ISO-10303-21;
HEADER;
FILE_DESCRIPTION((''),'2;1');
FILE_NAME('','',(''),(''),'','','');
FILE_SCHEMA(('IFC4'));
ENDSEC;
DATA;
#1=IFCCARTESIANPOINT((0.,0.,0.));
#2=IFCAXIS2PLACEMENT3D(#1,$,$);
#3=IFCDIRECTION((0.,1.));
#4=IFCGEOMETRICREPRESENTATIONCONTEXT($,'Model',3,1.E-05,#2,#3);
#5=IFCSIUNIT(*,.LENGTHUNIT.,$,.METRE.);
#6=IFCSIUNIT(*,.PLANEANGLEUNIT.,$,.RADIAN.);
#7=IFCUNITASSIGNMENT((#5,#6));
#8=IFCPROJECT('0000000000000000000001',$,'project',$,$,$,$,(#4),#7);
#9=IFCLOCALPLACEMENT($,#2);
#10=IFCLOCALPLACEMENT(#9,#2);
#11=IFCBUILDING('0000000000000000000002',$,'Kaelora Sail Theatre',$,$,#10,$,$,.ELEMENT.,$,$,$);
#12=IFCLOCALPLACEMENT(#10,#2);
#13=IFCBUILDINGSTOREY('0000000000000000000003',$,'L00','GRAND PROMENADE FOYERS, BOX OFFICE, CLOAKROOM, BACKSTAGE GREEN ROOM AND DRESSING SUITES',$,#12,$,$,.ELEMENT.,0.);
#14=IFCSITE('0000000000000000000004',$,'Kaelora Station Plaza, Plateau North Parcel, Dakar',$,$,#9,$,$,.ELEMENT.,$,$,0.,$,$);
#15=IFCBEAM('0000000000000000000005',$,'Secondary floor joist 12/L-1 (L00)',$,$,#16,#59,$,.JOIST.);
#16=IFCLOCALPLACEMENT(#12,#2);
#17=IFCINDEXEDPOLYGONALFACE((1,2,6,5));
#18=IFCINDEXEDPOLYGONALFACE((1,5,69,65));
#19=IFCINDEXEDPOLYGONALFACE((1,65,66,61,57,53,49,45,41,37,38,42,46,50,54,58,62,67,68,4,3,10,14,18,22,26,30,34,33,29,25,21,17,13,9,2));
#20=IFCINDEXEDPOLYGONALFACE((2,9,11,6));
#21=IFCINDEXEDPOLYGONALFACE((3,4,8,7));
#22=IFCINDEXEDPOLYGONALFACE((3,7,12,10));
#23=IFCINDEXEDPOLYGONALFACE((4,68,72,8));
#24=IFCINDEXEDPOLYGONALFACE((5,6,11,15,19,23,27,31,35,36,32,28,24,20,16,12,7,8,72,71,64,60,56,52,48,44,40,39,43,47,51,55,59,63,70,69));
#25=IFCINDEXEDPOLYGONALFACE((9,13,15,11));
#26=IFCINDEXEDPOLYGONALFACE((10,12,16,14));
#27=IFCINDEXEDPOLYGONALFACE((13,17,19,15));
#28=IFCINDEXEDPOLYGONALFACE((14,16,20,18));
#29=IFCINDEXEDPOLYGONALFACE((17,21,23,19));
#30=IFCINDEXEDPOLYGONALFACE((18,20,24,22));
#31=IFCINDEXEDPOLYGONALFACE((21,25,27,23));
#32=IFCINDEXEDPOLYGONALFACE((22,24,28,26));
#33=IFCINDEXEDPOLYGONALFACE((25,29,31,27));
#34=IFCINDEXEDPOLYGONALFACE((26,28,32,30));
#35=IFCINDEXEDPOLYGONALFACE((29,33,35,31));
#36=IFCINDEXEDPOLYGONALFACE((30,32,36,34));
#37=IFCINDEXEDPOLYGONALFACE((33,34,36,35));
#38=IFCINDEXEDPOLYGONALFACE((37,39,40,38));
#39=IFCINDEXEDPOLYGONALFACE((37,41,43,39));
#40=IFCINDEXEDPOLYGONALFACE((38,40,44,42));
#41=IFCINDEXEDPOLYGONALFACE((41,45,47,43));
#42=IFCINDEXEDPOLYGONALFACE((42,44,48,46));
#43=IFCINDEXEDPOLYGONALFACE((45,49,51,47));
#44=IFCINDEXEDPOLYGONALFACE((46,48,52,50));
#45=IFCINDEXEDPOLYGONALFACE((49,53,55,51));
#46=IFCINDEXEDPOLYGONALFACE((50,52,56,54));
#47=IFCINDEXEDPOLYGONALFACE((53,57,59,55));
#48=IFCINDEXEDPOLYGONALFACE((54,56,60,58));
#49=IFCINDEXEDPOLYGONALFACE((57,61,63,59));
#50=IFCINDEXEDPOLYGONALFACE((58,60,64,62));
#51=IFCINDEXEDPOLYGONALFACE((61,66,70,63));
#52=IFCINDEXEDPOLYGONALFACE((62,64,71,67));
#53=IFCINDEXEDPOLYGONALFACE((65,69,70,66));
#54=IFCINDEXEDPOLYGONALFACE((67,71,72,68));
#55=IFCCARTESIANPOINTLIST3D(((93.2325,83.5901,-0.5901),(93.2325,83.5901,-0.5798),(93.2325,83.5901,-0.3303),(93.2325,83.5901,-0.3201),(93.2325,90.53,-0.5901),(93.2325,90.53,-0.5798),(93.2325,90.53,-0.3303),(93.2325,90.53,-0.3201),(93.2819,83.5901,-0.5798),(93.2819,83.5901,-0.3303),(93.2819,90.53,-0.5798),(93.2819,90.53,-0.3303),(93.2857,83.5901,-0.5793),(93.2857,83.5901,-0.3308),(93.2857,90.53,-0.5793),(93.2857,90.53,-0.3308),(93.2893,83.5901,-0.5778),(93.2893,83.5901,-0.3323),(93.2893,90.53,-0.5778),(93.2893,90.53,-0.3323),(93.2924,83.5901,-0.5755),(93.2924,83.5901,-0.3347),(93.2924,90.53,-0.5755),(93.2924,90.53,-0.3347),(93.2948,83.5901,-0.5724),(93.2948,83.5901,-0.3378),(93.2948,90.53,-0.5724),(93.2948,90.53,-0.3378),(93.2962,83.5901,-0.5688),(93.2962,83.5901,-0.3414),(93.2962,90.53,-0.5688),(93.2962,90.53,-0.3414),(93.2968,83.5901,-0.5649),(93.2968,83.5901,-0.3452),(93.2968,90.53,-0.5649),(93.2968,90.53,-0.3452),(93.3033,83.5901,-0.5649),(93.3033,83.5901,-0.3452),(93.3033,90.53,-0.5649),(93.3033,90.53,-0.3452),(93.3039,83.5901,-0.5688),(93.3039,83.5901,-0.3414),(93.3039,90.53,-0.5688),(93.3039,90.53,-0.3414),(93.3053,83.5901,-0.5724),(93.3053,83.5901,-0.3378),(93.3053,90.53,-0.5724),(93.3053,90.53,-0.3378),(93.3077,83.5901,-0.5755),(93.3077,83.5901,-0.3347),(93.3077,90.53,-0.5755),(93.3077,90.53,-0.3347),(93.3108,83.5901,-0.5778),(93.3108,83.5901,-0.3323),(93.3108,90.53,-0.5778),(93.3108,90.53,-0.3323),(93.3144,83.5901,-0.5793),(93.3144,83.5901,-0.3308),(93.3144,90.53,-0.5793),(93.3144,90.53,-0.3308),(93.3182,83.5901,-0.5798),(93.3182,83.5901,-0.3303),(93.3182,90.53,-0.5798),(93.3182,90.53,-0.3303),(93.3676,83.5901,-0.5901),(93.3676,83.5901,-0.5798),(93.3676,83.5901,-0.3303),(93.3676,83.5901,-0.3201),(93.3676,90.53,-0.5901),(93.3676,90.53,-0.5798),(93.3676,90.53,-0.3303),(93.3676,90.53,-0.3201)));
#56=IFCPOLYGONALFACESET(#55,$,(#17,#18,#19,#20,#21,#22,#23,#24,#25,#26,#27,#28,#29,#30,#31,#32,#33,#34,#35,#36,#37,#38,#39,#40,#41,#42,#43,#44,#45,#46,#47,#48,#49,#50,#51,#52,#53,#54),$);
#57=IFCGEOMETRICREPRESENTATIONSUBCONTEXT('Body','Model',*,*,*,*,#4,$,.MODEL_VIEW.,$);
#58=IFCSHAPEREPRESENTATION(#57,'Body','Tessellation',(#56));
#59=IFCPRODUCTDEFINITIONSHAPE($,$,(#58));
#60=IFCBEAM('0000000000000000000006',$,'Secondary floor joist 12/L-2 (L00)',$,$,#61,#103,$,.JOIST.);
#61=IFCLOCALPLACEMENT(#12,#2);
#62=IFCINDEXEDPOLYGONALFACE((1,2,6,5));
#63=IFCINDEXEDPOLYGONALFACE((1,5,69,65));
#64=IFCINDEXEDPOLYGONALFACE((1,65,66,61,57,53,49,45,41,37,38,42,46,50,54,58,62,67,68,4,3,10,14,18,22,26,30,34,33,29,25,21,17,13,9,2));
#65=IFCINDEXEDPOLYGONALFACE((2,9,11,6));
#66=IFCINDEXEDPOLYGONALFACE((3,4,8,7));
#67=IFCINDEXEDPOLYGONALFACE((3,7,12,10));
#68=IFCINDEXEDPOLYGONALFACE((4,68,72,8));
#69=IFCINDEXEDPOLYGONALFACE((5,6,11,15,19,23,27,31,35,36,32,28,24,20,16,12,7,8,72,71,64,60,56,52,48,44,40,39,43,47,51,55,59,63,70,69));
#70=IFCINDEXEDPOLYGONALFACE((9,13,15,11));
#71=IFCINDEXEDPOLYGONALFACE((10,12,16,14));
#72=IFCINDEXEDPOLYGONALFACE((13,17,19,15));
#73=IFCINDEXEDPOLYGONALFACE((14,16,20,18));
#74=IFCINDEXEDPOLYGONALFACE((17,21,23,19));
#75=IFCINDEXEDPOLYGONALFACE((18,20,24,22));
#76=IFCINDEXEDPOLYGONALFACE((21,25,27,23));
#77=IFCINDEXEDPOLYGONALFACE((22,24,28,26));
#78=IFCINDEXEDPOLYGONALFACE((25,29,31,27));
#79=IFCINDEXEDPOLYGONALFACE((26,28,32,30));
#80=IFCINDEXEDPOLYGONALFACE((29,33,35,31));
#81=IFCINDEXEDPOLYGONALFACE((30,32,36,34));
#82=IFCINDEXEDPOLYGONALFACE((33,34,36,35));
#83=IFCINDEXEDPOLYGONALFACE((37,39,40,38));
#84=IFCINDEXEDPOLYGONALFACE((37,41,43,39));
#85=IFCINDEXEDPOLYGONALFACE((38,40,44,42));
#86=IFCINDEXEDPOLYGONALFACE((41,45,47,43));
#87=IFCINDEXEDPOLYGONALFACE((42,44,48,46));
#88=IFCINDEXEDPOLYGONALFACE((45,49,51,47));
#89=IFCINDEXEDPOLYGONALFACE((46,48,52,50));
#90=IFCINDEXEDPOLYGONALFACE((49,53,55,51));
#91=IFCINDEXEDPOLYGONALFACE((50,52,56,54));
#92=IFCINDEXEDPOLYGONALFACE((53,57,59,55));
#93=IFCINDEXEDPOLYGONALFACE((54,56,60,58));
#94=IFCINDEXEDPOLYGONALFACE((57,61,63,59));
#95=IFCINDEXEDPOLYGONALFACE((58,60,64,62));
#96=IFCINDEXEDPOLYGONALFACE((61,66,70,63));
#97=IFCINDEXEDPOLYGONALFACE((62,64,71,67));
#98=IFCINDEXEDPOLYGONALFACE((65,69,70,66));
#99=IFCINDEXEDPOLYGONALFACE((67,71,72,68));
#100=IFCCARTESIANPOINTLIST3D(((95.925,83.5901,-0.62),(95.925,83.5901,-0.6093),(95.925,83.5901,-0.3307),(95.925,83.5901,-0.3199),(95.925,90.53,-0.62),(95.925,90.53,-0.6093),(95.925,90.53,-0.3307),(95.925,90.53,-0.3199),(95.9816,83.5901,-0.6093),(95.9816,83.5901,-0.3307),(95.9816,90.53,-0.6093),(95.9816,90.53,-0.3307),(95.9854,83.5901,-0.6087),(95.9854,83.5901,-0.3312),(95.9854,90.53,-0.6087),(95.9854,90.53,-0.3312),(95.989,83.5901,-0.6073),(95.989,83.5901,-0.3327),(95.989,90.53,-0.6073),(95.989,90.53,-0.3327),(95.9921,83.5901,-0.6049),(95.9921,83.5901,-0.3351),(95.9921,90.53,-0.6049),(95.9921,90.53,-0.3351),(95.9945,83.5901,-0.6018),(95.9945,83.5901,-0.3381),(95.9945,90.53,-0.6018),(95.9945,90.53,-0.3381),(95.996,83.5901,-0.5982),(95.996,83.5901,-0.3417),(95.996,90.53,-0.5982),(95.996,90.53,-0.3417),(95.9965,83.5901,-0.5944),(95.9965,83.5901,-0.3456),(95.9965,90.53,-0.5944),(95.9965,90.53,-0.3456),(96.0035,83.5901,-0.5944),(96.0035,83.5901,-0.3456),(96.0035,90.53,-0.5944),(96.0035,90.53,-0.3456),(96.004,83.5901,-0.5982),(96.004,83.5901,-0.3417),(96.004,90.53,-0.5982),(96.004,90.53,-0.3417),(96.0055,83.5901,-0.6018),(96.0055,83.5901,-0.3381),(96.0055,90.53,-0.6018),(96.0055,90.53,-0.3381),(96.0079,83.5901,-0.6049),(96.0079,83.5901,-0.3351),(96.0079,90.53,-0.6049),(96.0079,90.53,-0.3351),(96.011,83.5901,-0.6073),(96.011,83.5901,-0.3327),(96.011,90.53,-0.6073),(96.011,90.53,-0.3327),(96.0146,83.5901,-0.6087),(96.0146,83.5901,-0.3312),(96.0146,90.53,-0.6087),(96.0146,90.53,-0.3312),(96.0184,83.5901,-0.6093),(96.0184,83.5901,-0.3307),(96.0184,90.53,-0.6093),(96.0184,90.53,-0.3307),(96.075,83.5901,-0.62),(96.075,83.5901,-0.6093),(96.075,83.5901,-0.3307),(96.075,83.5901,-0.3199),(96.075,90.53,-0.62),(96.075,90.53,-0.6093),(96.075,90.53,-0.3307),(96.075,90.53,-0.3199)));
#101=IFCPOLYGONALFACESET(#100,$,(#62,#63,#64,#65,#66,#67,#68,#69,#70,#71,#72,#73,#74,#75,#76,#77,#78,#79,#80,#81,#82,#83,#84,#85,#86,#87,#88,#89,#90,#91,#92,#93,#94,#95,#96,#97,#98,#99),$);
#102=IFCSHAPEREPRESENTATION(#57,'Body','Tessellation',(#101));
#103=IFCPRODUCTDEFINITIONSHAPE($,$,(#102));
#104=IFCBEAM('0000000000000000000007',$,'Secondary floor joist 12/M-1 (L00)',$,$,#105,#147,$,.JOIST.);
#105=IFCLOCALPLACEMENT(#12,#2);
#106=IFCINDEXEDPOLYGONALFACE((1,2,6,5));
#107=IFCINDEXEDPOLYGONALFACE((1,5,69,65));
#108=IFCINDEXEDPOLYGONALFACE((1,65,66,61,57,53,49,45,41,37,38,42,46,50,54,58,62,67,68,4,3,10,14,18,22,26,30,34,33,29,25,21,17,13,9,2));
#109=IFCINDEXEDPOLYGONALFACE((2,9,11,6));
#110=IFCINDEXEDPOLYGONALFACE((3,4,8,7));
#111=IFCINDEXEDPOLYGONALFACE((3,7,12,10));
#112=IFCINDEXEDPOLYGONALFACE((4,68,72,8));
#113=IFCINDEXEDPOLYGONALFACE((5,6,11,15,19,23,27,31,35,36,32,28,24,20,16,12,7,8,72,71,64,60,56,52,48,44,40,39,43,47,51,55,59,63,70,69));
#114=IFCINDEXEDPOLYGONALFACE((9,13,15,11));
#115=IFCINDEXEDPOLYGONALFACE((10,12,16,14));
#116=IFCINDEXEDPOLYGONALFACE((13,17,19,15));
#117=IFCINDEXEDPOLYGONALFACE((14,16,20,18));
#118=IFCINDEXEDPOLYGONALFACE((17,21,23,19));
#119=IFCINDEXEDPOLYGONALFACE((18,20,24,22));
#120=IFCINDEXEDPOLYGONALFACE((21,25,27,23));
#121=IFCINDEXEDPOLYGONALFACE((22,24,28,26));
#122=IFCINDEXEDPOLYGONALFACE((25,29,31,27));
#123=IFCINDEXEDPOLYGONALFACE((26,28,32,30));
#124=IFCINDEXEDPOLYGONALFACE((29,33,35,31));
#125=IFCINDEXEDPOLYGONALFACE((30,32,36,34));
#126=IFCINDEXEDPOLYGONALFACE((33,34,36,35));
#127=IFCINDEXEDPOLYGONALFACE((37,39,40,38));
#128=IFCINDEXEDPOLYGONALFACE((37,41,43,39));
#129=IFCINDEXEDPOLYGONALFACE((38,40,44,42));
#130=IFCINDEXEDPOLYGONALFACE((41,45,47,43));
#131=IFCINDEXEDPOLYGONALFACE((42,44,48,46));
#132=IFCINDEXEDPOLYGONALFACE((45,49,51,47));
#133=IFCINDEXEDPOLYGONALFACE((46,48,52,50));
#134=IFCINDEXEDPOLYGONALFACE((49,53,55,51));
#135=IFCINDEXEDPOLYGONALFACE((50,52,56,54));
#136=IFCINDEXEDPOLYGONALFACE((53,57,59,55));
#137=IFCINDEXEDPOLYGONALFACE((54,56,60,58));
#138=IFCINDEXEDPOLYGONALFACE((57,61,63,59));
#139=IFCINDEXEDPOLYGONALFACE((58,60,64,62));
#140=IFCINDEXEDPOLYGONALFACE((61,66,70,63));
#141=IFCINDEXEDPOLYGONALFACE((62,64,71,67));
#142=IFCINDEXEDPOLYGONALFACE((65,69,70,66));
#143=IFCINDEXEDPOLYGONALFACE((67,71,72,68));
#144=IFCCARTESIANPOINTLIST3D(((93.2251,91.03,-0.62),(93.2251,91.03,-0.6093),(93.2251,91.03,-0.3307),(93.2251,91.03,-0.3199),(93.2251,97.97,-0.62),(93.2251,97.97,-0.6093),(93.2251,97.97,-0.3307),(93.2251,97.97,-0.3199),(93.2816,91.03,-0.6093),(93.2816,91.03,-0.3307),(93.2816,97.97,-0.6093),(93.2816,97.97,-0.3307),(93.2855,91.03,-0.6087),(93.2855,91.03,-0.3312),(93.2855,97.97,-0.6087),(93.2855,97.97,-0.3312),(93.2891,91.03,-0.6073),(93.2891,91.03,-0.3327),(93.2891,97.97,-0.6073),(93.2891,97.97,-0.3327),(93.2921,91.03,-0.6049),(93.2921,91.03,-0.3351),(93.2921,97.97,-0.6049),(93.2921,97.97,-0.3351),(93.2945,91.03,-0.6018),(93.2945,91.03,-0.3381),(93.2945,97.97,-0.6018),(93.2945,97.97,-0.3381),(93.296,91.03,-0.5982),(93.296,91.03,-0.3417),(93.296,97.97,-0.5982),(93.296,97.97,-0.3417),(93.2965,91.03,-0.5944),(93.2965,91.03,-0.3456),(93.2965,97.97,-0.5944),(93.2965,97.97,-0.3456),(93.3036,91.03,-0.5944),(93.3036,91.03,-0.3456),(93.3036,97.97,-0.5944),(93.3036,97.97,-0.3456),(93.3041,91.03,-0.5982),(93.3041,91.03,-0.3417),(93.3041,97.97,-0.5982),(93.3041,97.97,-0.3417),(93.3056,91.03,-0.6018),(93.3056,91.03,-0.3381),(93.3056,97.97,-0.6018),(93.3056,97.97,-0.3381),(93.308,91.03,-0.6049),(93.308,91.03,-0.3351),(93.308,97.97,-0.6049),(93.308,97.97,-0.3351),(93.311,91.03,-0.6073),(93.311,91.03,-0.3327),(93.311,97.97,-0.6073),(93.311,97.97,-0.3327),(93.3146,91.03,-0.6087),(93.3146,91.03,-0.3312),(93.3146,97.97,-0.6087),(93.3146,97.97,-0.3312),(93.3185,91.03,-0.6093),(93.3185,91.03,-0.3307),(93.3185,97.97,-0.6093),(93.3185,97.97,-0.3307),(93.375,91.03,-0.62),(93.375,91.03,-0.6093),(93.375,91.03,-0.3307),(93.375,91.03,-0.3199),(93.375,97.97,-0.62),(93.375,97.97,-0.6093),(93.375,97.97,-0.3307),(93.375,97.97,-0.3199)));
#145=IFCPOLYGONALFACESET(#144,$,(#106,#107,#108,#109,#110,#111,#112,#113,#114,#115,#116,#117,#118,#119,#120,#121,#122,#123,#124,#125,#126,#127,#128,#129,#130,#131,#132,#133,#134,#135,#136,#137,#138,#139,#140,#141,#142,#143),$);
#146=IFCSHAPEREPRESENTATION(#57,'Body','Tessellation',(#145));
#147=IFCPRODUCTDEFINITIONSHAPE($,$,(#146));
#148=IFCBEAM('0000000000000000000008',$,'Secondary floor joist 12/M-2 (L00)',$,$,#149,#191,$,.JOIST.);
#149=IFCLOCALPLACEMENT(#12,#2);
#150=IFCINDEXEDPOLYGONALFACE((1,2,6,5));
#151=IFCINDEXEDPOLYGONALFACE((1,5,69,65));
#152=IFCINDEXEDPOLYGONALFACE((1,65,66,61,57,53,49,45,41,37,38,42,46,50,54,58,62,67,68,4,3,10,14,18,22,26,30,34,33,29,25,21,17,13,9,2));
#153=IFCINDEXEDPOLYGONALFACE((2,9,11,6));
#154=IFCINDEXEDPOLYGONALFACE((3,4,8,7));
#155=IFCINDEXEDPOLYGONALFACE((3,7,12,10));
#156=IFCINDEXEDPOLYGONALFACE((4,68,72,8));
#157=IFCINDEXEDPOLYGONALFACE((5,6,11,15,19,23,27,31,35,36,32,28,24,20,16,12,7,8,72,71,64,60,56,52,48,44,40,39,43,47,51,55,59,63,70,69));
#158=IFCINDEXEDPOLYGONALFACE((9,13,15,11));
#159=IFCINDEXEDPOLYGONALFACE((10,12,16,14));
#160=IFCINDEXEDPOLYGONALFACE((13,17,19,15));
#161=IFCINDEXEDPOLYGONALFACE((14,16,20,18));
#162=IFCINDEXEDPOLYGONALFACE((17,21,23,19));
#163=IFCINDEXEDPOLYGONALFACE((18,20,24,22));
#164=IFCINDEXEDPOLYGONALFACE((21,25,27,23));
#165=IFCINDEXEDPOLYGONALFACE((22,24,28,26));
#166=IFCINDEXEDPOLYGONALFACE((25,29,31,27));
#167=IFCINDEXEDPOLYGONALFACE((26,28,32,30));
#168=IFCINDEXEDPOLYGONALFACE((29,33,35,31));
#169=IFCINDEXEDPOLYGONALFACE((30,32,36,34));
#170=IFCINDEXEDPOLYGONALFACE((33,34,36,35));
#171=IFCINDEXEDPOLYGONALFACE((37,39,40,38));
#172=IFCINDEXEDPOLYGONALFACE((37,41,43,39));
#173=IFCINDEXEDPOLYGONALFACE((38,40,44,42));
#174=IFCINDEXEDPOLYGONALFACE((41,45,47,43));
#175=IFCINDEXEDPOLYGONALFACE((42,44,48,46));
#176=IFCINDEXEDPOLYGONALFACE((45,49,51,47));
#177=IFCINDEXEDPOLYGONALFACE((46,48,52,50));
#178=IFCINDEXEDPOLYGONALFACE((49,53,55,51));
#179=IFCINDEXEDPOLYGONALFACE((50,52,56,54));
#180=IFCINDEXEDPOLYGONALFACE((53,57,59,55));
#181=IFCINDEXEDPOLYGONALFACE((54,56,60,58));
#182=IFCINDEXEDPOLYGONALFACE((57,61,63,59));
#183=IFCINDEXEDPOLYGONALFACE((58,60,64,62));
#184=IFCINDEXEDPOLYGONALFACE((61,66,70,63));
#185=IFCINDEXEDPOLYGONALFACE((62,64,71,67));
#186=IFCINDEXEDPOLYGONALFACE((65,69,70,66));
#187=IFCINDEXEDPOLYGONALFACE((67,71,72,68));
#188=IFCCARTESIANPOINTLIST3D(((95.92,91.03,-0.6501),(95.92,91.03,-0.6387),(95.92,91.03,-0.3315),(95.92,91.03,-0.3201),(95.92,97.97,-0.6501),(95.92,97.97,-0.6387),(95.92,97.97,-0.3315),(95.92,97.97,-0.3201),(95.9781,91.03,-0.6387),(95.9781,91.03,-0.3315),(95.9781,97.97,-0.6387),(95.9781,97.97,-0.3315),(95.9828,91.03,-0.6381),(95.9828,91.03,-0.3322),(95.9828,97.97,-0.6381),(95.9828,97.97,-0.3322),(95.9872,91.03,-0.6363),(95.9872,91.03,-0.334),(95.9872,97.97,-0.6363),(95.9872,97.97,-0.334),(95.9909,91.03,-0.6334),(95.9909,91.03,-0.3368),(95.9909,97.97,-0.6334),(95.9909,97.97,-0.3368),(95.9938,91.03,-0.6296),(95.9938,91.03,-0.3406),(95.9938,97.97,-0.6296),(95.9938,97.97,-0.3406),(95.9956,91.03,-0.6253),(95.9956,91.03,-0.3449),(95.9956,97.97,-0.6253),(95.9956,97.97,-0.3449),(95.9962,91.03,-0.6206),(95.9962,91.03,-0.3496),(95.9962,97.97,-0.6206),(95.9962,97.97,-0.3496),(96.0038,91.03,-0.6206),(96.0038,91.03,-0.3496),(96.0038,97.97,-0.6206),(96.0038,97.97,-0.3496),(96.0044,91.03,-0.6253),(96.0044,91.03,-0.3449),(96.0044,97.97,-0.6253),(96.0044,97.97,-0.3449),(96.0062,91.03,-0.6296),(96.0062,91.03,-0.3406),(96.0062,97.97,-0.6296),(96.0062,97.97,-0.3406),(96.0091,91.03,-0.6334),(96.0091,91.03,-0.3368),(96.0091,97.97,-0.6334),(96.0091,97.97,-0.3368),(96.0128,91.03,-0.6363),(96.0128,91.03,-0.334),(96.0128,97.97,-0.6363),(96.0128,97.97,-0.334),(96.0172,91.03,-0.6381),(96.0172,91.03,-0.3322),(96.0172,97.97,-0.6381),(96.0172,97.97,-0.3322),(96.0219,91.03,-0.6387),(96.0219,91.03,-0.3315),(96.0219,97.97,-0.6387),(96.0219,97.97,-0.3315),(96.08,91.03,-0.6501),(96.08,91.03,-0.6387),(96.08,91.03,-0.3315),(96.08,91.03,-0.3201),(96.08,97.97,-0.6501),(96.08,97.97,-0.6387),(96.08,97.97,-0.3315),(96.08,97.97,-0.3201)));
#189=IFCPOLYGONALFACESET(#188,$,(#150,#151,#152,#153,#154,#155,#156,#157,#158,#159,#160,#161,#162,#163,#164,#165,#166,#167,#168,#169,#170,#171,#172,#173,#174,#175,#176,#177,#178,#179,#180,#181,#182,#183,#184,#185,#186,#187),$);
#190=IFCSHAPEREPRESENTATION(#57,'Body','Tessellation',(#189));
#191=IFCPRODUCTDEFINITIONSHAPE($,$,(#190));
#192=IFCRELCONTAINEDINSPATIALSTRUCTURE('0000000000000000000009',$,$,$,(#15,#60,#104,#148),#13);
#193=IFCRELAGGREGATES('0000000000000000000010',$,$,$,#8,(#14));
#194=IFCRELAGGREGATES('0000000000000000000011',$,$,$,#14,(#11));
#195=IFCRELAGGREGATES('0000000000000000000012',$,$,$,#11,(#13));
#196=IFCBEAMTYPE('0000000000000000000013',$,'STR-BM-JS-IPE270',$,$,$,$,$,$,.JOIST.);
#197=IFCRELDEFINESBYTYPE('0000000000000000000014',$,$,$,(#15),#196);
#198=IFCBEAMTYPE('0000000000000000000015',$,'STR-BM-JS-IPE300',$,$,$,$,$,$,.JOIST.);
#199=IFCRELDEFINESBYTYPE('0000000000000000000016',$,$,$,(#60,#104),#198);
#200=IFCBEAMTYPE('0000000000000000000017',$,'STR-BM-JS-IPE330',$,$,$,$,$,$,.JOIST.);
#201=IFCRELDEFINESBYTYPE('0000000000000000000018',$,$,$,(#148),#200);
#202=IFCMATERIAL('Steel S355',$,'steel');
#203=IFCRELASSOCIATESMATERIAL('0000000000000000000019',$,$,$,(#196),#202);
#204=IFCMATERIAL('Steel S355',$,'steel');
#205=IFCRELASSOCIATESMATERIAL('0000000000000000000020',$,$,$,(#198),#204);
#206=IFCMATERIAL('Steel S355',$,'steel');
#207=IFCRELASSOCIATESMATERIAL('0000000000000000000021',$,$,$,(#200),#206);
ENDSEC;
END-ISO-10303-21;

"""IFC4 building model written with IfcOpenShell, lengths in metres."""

from ifc_helpers import new_model, si_unit, direction, frame, origin, origin_2d, place, context, subcontext, project, spatial, i_section, extrude, material, material_profile, profile_set, type_object, element, save


model = new_model("IFC4")

# Units and contexts
model_context = context("Model", 3, precision=1e-05, world=origin(), true_north=direction((0.0, 1.0)))
body_context = subcontext(model_context, "Body", "Model", "MODEL_VIEW")
ifc_project = project(units=[si_unit("LENGTHUNIT", "METRE"), si_unit("PLANEANGLEUNIT", "RADIAN")], contexts=[model_context])

# Site, building, storey
site_placement = place(None, origin())
site = spatial("IfcSite", under=ifc_project, at=site_placement, Name="Kaelora Station Plaza, Plateau North Parcel, Dakar", CompositionType="ELEMENT", RefElevation=0.0)
building_placement = place(site_placement, origin())
building = spatial("IfcBuilding", under=site, at=building_placement, Name="Kaelora Sail Theatre", CompositionType="ELEMENT")
storey_placement = place(building_placement, origin())
storey = spatial("IfcBuildingStorey", under=building, at=storey_placement, Name="L00", Description="GRAND PROMENADE FOYERS, BOX OFFICE, CLOAKROOM, BACKSTAGE GREEN ROOM AND DRESSING SUITES", CompositionType="ELEMENT", Elevation=0.0)

# Beams
ifc_material_1 = material(Name="Steel S355", Category="steel")
ifc_material_profile_1 = material_profile(ifc_material_1, i_section(OverallWidth=0.135, OverallDepth=0.27, WebThickness=0.0066, FlangeThickness=0.0103, FilletRadius=0.0149, at=origin_2d()), Name="IPE 270")
ifc_profile_set_1 = profile_set([ifc_material_profile_1], Name="Steel S355")
beam_type_1 = type_object("IfcBeamType", Name="STR-BM-JS-IPE270", PredefinedType="JOIST", material=ifc_profile_set_1)
beam_1_placement = place(storey_placement, frame((93.3, 83.5901, -0.4551), z_axis=(0.0, 1.0, 0.0), x_axis=(-1.0, 0.0, 0.0)))
element("IfcBeam", 1, at=beam_1_placement, inside=storey, type_object=beam_type_1, Name="Secondary floor joist 12/L-1 (L00)", PredefinedType="JOIST", context=body_context, shape_type="SweptSolid", body=[
    extrude(i_section(OverallWidth=0.135, OverallDepth=0.27, WebThickness=0.0066, FlangeThickness=0.0103, FilletRadius=0.0149, at=origin_2d()), origin(), (0.0, 0.0, 1.0), 6.9399),
])
ifc_material_2 = material(Name="Steel S355", Category="steel")
ifc_material_profile_2 = material_profile(ifc_material_2, i_section(OverallWidth=0.1499, OverallDepth=0.3, WebThickness=0.0071, FlangeThickness=0.0107, FilletRadius=0.0149, at=origin_2d()), Name="IPE 300")
ifc_profile_set_2 = profile_set([ifc_material_profile_2], Name="Steel S355")
beam_type_2 = type_object("IfcBeamType", Name="STR-BM-JS-IPE300", PredefinedType="JOIST", material=ifc_profile_set_2)
for number, where, z_axis, x_axis, name in (
    (2, (96.0, 83.5901, -0.47), (0.0, 1.0, 0.0), (-1.0, 0.0, 0.0), "Secondary floor joist 12/L-2 (L00)"),
    (3, (93.3, 91.03, -0.47), (0.0, 1.0, 0.0), (-1.0, 0.0, 0.0), "Secondary floor joist 12/M-1 (L00)"),
):
    element("IfcBeam", number, at=place(storey_placement, frame(where, z_axis=z_axis, x_axis=x_axis)), inside=storey, type_object=beam_type_2, Name=name, PredefinedType="JOIST", context=body_context, shape_type="SweptSolid", body=[
        extrude(i_section(OverallWidth=0.1499, OverallDepth=0.3, WebThickness=0.0071, FlangeThickness=0.0107, FilletRadius=0.0149, at=origin_2d()), origin(), (0.0, 0.0, 1.0), 6.9399),
    ])
ifc_material_3 = material(Name="Steel S355", Category="steel")
ifc_material_profile_3 = material_profile(ifc_material_3, i_section(OverallWidth=0.1599, OverallDepth=0.3301, WebThickness=0.0076, FlangeThickness=0.0115, FilletRadius=0.0181, at=origin_2d()), Name="IPE 330")
ifc_profile_set_3 = profile_set([ifc_material_profile_3], Name="Steel S355")
beam_type_3 = type_object("IfcBeamType", Name="STR-BM-JS-IPE330", PredefinedType="JOIST", material=ifc_profile_set_3)
beam_2_placement = place(storey_placement, frame((96.0, 91.03, -0.4851), z_axis=(0.0, 1.0, 0.0), x_axis=(-1.0, 0.0, 0.0)))
element("IfcBeam", 4, at=beam_2_placement, inside=storey, type_object=beam_type_3, Name="Secondary floor joist 12/M-2 (L00)", PredefinedType="JOIST", context=body_context, shape_type="SweptSolid", body=[
    extrude(i_section(OverallWidth=0.1599, OverallDepth=0.3301, WebThickness=0.0076, FlangeThickness=0.0115, FilletRadius=0.0181, at=origin_2d()), origin(), (0.0, 0.0, 1.0), 6.9399),
])

save(model, "model.ifc")
